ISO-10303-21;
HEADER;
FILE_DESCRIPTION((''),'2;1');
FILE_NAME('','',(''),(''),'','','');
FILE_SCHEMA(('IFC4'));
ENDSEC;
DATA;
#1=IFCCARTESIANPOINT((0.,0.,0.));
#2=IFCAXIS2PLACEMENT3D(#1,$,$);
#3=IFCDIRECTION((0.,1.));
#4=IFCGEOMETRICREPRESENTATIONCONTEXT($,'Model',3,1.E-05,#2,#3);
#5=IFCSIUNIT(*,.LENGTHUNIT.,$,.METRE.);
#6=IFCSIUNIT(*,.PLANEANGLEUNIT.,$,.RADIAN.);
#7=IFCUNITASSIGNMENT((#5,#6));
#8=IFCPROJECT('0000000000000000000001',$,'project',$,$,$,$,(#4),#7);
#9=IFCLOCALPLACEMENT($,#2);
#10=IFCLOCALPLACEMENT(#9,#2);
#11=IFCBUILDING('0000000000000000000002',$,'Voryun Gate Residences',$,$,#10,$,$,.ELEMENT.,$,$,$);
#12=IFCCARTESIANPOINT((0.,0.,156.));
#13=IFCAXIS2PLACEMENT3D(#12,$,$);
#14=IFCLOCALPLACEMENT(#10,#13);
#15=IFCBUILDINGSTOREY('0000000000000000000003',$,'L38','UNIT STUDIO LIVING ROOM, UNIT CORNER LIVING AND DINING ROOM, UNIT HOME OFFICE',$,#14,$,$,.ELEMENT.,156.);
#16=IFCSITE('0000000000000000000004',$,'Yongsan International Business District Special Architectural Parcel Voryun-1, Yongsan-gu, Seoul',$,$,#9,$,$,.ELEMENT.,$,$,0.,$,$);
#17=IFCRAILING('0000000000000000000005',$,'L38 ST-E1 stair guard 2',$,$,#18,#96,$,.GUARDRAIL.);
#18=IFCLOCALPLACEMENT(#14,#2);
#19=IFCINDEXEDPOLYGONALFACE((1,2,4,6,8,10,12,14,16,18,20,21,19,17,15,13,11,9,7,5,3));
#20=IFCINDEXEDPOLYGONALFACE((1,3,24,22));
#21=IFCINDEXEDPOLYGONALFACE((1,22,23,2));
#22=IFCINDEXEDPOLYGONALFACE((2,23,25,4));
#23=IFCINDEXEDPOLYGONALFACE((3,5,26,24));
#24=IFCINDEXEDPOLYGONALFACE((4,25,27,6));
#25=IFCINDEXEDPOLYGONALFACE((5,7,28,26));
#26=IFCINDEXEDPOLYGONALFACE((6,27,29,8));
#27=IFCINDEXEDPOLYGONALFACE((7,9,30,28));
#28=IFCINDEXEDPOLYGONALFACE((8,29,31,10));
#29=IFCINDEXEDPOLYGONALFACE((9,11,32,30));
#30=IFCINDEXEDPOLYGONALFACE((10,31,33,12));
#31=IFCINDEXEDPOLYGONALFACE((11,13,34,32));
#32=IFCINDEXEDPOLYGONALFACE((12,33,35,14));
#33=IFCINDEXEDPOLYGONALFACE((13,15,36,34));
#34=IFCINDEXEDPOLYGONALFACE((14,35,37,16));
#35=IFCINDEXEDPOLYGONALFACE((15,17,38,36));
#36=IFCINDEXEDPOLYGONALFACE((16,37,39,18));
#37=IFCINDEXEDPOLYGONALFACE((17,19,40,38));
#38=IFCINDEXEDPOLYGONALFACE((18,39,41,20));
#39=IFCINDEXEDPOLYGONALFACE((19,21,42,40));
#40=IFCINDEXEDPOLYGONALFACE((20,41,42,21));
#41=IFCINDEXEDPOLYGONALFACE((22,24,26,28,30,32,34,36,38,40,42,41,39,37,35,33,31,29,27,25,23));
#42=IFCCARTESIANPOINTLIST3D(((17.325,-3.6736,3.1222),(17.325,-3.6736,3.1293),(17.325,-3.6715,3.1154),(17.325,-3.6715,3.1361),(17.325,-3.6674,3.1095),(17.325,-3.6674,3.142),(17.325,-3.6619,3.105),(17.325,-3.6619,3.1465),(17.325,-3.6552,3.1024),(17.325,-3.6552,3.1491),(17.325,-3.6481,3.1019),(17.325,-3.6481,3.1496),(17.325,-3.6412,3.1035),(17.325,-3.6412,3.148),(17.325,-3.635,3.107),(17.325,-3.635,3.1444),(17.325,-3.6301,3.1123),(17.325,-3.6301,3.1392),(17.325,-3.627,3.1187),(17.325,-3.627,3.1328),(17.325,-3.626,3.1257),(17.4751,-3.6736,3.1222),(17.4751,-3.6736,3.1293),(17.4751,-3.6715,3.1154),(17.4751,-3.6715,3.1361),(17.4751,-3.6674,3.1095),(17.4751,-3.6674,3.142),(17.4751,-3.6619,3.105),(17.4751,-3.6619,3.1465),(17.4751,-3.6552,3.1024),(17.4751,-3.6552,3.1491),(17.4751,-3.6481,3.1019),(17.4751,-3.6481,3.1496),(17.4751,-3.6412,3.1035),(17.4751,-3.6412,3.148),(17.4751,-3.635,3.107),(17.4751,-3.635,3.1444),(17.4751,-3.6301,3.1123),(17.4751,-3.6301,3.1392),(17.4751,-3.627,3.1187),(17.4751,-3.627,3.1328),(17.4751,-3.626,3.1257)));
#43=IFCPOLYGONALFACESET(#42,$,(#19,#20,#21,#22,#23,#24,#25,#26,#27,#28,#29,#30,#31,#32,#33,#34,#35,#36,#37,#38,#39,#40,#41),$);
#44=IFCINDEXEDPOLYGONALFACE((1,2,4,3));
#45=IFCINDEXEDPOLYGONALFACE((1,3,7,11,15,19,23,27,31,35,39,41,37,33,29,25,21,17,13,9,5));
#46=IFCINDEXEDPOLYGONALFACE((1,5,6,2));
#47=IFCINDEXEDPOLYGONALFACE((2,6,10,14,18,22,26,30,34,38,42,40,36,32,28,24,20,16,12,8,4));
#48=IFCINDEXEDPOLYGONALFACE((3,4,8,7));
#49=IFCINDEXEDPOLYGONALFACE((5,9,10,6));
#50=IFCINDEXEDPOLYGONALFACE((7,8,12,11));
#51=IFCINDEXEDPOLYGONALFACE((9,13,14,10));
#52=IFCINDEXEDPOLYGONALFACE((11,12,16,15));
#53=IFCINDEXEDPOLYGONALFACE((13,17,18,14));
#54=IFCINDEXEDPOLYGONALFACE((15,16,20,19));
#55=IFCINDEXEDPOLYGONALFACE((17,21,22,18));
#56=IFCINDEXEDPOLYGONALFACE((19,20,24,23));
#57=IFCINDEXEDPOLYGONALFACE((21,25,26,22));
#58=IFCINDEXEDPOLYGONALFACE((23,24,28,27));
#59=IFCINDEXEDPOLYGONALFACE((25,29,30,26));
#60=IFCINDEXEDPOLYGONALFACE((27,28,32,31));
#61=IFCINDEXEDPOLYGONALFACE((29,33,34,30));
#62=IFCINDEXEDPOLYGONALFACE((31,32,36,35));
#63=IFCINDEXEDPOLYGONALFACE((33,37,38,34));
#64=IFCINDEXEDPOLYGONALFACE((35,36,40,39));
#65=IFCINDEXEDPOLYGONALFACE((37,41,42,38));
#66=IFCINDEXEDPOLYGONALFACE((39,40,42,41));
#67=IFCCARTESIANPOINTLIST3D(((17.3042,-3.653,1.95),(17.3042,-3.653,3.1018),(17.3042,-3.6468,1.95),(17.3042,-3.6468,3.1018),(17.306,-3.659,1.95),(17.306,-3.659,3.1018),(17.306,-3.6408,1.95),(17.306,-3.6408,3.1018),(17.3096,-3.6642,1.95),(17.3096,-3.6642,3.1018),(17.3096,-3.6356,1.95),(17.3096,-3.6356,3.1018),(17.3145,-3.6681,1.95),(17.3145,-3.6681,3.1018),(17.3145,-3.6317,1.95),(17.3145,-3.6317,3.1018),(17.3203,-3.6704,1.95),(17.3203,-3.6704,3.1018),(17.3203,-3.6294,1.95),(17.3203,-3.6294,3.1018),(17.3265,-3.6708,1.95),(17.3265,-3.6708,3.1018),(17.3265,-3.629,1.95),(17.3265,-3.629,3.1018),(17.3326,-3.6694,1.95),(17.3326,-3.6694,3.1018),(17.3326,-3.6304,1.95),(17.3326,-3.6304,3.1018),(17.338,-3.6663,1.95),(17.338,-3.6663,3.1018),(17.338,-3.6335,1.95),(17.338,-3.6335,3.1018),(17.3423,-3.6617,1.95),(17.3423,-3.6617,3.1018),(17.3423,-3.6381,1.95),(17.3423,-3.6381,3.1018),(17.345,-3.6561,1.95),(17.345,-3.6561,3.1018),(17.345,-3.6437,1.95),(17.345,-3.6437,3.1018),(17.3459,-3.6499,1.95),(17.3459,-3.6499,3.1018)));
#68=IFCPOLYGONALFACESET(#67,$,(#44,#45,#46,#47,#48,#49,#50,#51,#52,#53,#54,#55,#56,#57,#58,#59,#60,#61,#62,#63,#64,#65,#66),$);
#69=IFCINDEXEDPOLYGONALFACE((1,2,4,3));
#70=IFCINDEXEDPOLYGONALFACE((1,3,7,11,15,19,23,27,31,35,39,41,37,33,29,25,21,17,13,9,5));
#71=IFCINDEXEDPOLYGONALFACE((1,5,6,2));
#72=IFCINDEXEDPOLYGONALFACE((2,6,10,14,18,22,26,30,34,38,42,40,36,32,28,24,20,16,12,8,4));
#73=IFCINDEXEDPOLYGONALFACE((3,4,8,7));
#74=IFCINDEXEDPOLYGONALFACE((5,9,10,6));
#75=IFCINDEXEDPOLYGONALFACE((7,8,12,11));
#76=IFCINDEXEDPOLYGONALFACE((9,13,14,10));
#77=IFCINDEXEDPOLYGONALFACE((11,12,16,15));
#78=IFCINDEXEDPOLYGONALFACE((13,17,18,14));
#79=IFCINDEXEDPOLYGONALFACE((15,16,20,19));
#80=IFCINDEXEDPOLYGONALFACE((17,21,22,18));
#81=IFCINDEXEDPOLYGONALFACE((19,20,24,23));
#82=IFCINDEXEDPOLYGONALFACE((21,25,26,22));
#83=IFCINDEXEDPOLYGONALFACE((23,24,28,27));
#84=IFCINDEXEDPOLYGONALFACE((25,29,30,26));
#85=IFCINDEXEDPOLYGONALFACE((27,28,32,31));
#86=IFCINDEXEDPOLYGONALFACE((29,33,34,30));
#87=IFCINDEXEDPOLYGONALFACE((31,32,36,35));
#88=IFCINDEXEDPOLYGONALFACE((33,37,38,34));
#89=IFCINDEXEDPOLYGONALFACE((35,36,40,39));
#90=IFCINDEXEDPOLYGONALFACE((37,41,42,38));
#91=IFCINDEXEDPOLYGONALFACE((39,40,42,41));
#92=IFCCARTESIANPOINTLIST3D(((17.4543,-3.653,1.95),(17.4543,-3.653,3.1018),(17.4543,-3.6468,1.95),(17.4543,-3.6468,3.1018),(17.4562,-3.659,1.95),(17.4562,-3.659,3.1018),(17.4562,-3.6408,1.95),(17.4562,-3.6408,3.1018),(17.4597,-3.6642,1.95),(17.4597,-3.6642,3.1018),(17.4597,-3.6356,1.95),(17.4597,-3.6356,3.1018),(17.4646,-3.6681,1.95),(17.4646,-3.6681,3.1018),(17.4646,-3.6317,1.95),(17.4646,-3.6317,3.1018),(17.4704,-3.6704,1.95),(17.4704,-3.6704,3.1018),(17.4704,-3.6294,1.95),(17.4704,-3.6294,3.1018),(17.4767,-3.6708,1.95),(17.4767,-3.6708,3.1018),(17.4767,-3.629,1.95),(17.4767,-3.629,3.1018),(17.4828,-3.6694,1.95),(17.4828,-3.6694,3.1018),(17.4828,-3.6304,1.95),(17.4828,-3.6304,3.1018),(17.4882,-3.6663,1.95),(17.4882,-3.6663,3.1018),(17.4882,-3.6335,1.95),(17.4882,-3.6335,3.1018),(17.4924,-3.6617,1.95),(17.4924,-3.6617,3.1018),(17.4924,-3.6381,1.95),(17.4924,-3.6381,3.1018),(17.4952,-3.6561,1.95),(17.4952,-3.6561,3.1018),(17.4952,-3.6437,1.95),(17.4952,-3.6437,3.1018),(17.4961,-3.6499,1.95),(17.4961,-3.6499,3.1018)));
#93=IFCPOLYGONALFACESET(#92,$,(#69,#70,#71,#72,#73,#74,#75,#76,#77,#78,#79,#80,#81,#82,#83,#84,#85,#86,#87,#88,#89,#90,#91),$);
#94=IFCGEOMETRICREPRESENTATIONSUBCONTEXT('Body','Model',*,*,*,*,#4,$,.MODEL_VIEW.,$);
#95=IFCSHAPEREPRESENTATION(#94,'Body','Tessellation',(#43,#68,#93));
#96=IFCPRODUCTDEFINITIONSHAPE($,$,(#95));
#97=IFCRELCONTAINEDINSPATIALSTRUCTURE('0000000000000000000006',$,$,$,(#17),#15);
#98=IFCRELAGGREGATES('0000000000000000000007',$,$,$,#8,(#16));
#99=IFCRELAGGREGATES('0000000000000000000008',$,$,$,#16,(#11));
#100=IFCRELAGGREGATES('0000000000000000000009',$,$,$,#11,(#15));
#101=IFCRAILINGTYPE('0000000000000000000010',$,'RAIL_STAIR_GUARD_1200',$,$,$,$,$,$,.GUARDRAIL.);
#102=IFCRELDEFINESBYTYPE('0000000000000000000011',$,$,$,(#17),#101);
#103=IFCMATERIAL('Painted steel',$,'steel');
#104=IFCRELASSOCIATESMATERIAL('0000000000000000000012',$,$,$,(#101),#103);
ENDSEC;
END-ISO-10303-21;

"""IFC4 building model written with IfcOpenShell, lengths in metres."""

from ifc_helpers import new_model, si_unit, direction, frame, origin, origin_2d, place, context, subcontext, project, spatial, circle, extrude, material, type_object, element, save


model = new_model("IFC4")

# Units and contexts
model_context = context("Model", 3, precision=1e-05, world=origin(), true_north=direction((0.0, 1.0)))
body_context = subcontext(model_context, "Body", "Model", "MODEL_VIEW")
ifc_project = project(units=[si_unit("LENGTHUNIT", "METRE"), si_unit("PLANEANGLEUNIT", "RADIAN")], contexts=[model_context])

# Site, building, storey
site_placement = place(None, origin())
site = spatial("IfcSite", under=ifc_project, at=site_placement, Name="Yongsan International Business District Special Architectural Parcel Voryun-1, Yongsan-gu, Seoul", CompositionType="ELEMENT", RefElevation=0.0)
building_placement = place(site_placement, origin())
building = spatial("IfcBuilding", under=site, at=building_placement, Name="Voryun Gate Residences", CompositionType="ELEMENT")
storey_placement = place(building_placement, frame((0.0, 0.0, 156.0)))
storey = spatial("IfcBuildingStorey", under=building, at=storey_placement, Name="L38", Description="UNIT STUDIO LIVING ROOM, UNIT CORNER LIVING AND DINING ROOM, UNIT HOME OFFICE", CompositionType="ELEMENT", Elevation=156.0)

# Railing
ifc_material_1 = material(Name="Painted steel", Category="steel")
railing_type_1 = type_object("IfcRailingType", Name="RAIL_STAIR_GUARD_1200", PredefinedType="GUARDRAIL", material=ifc_material_1)
railing_1_placement = place(storey_placement, frame((17.325, -3.6499, 1.95)))
element("IfcRailing", 1, at=railing_1_placement, inside=storey, type_object=railing_type_1, Name="L38 ST-E1 stair guard 2", PredefinedType="GUARDRAIL", context=body_context, shape_type="SweptSolid", body=[
    extrude(circle(Radius=0.0239, at=origin_2d()), frame((0.0, 0.0, 1.1758), z_axis=(1.0, 0.0, 0.0), x_axis=(0.0, 1.0, 0.0)), (0.0, 0.0, 1.0), 0.1501),
    extrude(circle(Radius=0.021, at=origin_2d()), origin(), (0.0, 0.0, 1.0), 1.1519),
    extrude(circle(Radius=0.021, at=origin_2d()), frame((0.1501, 0.0, 0.0)), (0.0, 0.0, 1.0), 1.1519),
])

save(model, "model.ifc")
